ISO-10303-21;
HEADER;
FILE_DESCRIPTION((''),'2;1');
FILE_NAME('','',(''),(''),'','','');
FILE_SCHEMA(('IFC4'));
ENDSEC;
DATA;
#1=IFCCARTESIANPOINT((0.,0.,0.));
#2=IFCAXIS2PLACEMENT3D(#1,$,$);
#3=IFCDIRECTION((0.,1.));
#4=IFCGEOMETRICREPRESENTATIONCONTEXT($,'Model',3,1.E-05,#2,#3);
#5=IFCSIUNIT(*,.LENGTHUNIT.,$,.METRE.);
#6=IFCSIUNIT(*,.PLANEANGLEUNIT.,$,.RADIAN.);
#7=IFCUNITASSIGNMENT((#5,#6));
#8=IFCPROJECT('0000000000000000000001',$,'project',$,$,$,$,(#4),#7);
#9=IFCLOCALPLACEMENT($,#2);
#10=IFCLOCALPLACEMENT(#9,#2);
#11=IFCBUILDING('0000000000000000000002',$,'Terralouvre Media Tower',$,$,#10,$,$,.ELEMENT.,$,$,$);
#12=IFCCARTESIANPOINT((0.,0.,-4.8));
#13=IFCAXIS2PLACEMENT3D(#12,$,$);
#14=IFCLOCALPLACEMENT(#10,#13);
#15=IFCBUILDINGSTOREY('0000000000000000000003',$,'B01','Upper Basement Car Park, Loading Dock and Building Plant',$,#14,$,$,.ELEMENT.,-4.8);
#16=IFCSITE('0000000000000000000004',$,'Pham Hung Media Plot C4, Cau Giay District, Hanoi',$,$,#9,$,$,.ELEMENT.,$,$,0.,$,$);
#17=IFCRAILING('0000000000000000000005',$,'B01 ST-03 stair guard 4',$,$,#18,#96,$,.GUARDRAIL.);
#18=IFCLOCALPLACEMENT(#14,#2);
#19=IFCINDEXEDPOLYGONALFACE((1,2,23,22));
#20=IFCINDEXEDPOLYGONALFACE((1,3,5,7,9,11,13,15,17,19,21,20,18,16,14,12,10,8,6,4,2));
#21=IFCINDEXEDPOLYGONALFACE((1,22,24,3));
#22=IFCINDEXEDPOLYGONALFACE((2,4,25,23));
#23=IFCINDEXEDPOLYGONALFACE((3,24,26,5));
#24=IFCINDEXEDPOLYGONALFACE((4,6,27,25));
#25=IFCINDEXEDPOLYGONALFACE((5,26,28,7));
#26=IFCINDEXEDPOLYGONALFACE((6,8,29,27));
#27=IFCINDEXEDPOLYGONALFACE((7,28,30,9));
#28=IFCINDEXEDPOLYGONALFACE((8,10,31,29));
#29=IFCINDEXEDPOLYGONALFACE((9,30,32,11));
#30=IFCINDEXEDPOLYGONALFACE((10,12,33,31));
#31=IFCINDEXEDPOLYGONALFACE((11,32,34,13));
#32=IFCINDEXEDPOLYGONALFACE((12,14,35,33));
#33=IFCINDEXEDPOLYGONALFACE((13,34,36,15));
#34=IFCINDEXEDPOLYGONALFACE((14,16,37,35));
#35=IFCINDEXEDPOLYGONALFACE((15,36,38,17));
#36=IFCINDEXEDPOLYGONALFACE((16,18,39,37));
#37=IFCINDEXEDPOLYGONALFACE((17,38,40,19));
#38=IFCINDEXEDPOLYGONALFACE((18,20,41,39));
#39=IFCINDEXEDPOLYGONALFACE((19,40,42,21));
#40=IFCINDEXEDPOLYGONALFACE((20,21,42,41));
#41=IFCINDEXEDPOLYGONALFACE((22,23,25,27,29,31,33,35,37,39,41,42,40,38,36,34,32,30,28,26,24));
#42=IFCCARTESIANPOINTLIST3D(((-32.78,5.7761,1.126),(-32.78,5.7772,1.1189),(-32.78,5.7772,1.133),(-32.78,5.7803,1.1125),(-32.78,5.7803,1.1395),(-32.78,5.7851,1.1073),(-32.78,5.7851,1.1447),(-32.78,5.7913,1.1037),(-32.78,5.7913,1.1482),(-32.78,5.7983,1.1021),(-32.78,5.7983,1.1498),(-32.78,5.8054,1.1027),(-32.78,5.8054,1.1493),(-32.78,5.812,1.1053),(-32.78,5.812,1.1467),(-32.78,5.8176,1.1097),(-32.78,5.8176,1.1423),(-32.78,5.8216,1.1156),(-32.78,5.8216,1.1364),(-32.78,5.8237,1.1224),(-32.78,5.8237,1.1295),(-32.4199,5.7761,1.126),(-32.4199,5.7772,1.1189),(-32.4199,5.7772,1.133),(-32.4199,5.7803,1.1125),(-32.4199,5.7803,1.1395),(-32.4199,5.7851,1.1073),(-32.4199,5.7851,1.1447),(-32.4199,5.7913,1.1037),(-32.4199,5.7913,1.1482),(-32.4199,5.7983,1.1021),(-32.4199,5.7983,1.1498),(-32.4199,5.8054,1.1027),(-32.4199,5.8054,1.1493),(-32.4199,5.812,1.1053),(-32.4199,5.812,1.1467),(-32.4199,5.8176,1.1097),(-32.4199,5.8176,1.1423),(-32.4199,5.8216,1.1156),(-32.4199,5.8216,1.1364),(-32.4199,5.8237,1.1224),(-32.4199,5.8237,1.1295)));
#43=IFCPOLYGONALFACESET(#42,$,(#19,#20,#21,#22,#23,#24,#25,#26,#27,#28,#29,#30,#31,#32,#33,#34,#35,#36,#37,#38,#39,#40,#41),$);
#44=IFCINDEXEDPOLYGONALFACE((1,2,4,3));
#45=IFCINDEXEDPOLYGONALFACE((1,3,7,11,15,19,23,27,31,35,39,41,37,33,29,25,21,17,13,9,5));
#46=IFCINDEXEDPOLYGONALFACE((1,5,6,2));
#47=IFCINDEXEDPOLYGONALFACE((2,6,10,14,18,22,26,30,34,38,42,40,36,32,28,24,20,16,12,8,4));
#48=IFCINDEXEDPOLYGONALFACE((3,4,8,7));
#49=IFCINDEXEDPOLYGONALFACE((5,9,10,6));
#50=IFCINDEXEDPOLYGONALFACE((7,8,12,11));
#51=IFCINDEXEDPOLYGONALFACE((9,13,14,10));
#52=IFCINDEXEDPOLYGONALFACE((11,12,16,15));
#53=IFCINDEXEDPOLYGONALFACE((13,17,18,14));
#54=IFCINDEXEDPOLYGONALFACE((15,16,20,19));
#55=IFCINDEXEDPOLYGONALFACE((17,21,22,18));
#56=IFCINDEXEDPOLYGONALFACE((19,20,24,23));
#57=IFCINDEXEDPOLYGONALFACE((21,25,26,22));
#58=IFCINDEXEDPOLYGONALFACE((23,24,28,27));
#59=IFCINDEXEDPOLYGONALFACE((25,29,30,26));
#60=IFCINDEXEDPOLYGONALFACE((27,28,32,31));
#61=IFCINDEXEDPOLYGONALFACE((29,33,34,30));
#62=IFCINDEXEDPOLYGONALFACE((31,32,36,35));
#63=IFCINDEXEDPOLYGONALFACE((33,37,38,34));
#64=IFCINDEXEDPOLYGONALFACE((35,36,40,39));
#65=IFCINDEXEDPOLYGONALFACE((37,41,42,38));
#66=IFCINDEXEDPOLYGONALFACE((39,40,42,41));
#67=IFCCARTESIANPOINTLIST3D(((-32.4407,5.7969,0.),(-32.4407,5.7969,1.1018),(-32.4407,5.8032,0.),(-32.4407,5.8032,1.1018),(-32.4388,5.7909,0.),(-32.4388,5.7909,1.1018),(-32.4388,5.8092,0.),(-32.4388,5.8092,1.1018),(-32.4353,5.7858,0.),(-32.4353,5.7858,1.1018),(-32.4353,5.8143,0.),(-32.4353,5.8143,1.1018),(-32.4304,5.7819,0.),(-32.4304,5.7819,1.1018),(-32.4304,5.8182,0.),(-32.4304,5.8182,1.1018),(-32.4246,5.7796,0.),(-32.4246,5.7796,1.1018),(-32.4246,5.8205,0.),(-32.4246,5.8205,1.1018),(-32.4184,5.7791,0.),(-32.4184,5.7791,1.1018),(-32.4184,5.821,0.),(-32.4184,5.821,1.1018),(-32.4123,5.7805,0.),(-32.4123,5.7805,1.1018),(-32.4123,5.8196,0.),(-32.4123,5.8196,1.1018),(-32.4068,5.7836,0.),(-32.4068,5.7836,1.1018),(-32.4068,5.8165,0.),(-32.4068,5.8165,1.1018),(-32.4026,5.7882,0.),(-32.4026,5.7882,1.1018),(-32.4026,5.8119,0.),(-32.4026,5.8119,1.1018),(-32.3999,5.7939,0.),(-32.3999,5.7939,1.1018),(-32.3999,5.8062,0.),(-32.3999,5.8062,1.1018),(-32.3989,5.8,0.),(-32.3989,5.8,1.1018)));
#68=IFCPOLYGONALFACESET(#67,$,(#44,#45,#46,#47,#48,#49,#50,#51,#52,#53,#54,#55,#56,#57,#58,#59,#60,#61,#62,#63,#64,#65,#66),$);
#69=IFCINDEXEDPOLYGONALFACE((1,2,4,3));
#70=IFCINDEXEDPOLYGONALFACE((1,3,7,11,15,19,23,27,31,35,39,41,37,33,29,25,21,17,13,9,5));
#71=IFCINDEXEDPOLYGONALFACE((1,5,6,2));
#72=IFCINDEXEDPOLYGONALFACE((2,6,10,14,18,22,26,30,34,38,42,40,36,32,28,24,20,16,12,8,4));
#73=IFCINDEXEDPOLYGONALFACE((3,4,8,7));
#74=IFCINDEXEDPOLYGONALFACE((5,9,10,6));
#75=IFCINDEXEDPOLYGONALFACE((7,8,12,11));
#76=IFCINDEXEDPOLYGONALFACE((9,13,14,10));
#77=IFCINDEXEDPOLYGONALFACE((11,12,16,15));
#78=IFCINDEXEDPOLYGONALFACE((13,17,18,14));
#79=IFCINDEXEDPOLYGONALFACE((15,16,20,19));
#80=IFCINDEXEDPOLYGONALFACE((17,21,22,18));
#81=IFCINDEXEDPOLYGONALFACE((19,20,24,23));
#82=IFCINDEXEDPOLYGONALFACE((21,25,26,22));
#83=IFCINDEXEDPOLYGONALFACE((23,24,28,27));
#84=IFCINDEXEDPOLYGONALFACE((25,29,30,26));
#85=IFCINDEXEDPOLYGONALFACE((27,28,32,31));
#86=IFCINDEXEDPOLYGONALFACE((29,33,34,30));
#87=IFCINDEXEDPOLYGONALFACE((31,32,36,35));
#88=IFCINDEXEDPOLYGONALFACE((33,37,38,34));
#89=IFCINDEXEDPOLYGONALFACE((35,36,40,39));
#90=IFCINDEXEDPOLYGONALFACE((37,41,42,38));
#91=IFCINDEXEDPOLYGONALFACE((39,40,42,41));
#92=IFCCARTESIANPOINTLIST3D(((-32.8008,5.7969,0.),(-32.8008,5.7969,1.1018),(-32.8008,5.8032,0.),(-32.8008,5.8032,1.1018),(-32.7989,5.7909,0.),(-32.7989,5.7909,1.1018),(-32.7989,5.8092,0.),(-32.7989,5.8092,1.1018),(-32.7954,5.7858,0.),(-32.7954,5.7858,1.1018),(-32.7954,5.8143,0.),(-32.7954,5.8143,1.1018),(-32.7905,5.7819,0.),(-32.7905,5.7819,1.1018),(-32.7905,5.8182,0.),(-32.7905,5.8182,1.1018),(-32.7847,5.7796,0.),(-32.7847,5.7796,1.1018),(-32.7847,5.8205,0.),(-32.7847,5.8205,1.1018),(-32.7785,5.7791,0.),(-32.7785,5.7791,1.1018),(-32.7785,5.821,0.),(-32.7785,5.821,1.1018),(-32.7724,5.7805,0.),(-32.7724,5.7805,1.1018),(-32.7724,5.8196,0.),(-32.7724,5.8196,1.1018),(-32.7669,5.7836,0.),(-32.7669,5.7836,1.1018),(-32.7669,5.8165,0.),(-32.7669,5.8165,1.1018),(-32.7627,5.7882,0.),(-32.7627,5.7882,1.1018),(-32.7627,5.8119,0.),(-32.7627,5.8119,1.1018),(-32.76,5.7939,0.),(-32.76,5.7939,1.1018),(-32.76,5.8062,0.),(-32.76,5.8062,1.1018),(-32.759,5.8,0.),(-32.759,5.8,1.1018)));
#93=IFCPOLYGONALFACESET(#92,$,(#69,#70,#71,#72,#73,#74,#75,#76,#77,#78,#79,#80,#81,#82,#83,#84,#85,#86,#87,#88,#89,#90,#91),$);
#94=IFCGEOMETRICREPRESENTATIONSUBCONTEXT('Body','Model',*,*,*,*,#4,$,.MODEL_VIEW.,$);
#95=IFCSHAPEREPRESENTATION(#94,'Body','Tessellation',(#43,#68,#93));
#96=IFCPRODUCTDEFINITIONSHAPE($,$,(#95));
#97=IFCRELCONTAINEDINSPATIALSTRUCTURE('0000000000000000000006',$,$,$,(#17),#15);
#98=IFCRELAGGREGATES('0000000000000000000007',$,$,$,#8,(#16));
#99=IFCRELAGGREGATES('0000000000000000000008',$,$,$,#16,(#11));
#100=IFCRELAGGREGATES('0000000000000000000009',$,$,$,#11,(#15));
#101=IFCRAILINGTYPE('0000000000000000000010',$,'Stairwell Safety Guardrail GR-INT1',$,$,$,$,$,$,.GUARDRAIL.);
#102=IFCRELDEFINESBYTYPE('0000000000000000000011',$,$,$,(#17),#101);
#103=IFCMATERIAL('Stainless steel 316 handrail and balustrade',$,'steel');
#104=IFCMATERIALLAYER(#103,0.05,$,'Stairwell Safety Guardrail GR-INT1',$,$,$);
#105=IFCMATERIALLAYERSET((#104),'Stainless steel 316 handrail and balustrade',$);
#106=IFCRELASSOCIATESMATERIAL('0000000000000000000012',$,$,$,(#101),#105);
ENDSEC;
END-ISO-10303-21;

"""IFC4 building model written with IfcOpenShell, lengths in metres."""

from ifc_helpers import new_model, si_unit, direction, frame, origin, origin_2d, place, context, subcontext, project, spatial, circle, extrude, material, layer, layer_set, type_object, element, save


model = new_model("IFC4")

# Units and contexts
model_context = context("Model", 3, precision=1e-05, world=origin(), true_north=direction((0.0, 1.0)))
body_context = subcontext(model_context, "Body", "Model", "MODEL_VIEW")
ifc_project = project(units=[si_unit("LENGTHUNIT", "METRE"), si_unit("PLANEANGLEUNIT", "RADIAN")], contexts=[model_context])

# Site, building, storey
site_placement = place(None, origin())
site = spatial("IfcSite", under=ifc_project, at=site_placement, Name="Pham Hung Media Plot C4, Cau Giay District, Hanoi", CompositionType="ELEMENT", RefElevation=0.0)
building_placement = place(site_placement, origin())
building = spatial("IfcBuilding", under=site, at=building_placement, Name="Terralouvre Media Tower", CompositionType="ELEMENT")
storey_placement = place(building_placement, frame((0.0, 0.0, -4.8)))
storey = spatial("IfcBuildingStorey", under=building, at=storey_placement, Name="B01", Description="Upper Basement Car Park, Loading Dock and Building Plant", CompositionType="ELEMENT", Elevation=-4.8)

# Railing
ifc_material_1 = material(Name="Stainless steel 316 handrail and balustrade", Category="steel")
ifc_layer_1 = layer(ifc_material_1, 0.05, Name="Stairwell Safety Guardrail GR-INT1")
ifc_layer_set_1 = layer_set([ifc_layer_1], Name="Stainless steel 316 handrail and balustrade")
railing_type_1 = type_object("IfcRailingType", Name="Stairwell Safety Guardrail GR-INT1", PredefinedType="GUARDRAIL", material=ifc_layer_set_1)
railing_1_placement = place(storey_placement, frame((-32.4199, 5.8, 0.0)))
element("IfcRailing", 1, at=railing_1_placement, inside=storey, type_object=railing_type_1, Name="B01 ST-03 stair guard 4", PredefinedType="GUARDRAIL", context=body_context, shape_type="SweptSolid", body=[
    extrude(circle(Radius=0.0239, at=origin_2d()), frame((0.0, 0.0, 1.126), z_axis=(-1.0, 0.0, 0.0), x_axis=(0.0, -1.0, 0.0)), (0.0, 0.0, 1.0), 0.3601),
    extrude(circle(Radius=0.021, at=origin_2d()), origin(), (0.0, 0.0, 1.0), 1.1018),
    extrude(circle(Radius=0.021, at=origin_2d()), frame((-0.3601, 0.0, 0.0)), (0.0, 0.0, 1.0), 1.1018),
])

save(model, "model.ifc")
